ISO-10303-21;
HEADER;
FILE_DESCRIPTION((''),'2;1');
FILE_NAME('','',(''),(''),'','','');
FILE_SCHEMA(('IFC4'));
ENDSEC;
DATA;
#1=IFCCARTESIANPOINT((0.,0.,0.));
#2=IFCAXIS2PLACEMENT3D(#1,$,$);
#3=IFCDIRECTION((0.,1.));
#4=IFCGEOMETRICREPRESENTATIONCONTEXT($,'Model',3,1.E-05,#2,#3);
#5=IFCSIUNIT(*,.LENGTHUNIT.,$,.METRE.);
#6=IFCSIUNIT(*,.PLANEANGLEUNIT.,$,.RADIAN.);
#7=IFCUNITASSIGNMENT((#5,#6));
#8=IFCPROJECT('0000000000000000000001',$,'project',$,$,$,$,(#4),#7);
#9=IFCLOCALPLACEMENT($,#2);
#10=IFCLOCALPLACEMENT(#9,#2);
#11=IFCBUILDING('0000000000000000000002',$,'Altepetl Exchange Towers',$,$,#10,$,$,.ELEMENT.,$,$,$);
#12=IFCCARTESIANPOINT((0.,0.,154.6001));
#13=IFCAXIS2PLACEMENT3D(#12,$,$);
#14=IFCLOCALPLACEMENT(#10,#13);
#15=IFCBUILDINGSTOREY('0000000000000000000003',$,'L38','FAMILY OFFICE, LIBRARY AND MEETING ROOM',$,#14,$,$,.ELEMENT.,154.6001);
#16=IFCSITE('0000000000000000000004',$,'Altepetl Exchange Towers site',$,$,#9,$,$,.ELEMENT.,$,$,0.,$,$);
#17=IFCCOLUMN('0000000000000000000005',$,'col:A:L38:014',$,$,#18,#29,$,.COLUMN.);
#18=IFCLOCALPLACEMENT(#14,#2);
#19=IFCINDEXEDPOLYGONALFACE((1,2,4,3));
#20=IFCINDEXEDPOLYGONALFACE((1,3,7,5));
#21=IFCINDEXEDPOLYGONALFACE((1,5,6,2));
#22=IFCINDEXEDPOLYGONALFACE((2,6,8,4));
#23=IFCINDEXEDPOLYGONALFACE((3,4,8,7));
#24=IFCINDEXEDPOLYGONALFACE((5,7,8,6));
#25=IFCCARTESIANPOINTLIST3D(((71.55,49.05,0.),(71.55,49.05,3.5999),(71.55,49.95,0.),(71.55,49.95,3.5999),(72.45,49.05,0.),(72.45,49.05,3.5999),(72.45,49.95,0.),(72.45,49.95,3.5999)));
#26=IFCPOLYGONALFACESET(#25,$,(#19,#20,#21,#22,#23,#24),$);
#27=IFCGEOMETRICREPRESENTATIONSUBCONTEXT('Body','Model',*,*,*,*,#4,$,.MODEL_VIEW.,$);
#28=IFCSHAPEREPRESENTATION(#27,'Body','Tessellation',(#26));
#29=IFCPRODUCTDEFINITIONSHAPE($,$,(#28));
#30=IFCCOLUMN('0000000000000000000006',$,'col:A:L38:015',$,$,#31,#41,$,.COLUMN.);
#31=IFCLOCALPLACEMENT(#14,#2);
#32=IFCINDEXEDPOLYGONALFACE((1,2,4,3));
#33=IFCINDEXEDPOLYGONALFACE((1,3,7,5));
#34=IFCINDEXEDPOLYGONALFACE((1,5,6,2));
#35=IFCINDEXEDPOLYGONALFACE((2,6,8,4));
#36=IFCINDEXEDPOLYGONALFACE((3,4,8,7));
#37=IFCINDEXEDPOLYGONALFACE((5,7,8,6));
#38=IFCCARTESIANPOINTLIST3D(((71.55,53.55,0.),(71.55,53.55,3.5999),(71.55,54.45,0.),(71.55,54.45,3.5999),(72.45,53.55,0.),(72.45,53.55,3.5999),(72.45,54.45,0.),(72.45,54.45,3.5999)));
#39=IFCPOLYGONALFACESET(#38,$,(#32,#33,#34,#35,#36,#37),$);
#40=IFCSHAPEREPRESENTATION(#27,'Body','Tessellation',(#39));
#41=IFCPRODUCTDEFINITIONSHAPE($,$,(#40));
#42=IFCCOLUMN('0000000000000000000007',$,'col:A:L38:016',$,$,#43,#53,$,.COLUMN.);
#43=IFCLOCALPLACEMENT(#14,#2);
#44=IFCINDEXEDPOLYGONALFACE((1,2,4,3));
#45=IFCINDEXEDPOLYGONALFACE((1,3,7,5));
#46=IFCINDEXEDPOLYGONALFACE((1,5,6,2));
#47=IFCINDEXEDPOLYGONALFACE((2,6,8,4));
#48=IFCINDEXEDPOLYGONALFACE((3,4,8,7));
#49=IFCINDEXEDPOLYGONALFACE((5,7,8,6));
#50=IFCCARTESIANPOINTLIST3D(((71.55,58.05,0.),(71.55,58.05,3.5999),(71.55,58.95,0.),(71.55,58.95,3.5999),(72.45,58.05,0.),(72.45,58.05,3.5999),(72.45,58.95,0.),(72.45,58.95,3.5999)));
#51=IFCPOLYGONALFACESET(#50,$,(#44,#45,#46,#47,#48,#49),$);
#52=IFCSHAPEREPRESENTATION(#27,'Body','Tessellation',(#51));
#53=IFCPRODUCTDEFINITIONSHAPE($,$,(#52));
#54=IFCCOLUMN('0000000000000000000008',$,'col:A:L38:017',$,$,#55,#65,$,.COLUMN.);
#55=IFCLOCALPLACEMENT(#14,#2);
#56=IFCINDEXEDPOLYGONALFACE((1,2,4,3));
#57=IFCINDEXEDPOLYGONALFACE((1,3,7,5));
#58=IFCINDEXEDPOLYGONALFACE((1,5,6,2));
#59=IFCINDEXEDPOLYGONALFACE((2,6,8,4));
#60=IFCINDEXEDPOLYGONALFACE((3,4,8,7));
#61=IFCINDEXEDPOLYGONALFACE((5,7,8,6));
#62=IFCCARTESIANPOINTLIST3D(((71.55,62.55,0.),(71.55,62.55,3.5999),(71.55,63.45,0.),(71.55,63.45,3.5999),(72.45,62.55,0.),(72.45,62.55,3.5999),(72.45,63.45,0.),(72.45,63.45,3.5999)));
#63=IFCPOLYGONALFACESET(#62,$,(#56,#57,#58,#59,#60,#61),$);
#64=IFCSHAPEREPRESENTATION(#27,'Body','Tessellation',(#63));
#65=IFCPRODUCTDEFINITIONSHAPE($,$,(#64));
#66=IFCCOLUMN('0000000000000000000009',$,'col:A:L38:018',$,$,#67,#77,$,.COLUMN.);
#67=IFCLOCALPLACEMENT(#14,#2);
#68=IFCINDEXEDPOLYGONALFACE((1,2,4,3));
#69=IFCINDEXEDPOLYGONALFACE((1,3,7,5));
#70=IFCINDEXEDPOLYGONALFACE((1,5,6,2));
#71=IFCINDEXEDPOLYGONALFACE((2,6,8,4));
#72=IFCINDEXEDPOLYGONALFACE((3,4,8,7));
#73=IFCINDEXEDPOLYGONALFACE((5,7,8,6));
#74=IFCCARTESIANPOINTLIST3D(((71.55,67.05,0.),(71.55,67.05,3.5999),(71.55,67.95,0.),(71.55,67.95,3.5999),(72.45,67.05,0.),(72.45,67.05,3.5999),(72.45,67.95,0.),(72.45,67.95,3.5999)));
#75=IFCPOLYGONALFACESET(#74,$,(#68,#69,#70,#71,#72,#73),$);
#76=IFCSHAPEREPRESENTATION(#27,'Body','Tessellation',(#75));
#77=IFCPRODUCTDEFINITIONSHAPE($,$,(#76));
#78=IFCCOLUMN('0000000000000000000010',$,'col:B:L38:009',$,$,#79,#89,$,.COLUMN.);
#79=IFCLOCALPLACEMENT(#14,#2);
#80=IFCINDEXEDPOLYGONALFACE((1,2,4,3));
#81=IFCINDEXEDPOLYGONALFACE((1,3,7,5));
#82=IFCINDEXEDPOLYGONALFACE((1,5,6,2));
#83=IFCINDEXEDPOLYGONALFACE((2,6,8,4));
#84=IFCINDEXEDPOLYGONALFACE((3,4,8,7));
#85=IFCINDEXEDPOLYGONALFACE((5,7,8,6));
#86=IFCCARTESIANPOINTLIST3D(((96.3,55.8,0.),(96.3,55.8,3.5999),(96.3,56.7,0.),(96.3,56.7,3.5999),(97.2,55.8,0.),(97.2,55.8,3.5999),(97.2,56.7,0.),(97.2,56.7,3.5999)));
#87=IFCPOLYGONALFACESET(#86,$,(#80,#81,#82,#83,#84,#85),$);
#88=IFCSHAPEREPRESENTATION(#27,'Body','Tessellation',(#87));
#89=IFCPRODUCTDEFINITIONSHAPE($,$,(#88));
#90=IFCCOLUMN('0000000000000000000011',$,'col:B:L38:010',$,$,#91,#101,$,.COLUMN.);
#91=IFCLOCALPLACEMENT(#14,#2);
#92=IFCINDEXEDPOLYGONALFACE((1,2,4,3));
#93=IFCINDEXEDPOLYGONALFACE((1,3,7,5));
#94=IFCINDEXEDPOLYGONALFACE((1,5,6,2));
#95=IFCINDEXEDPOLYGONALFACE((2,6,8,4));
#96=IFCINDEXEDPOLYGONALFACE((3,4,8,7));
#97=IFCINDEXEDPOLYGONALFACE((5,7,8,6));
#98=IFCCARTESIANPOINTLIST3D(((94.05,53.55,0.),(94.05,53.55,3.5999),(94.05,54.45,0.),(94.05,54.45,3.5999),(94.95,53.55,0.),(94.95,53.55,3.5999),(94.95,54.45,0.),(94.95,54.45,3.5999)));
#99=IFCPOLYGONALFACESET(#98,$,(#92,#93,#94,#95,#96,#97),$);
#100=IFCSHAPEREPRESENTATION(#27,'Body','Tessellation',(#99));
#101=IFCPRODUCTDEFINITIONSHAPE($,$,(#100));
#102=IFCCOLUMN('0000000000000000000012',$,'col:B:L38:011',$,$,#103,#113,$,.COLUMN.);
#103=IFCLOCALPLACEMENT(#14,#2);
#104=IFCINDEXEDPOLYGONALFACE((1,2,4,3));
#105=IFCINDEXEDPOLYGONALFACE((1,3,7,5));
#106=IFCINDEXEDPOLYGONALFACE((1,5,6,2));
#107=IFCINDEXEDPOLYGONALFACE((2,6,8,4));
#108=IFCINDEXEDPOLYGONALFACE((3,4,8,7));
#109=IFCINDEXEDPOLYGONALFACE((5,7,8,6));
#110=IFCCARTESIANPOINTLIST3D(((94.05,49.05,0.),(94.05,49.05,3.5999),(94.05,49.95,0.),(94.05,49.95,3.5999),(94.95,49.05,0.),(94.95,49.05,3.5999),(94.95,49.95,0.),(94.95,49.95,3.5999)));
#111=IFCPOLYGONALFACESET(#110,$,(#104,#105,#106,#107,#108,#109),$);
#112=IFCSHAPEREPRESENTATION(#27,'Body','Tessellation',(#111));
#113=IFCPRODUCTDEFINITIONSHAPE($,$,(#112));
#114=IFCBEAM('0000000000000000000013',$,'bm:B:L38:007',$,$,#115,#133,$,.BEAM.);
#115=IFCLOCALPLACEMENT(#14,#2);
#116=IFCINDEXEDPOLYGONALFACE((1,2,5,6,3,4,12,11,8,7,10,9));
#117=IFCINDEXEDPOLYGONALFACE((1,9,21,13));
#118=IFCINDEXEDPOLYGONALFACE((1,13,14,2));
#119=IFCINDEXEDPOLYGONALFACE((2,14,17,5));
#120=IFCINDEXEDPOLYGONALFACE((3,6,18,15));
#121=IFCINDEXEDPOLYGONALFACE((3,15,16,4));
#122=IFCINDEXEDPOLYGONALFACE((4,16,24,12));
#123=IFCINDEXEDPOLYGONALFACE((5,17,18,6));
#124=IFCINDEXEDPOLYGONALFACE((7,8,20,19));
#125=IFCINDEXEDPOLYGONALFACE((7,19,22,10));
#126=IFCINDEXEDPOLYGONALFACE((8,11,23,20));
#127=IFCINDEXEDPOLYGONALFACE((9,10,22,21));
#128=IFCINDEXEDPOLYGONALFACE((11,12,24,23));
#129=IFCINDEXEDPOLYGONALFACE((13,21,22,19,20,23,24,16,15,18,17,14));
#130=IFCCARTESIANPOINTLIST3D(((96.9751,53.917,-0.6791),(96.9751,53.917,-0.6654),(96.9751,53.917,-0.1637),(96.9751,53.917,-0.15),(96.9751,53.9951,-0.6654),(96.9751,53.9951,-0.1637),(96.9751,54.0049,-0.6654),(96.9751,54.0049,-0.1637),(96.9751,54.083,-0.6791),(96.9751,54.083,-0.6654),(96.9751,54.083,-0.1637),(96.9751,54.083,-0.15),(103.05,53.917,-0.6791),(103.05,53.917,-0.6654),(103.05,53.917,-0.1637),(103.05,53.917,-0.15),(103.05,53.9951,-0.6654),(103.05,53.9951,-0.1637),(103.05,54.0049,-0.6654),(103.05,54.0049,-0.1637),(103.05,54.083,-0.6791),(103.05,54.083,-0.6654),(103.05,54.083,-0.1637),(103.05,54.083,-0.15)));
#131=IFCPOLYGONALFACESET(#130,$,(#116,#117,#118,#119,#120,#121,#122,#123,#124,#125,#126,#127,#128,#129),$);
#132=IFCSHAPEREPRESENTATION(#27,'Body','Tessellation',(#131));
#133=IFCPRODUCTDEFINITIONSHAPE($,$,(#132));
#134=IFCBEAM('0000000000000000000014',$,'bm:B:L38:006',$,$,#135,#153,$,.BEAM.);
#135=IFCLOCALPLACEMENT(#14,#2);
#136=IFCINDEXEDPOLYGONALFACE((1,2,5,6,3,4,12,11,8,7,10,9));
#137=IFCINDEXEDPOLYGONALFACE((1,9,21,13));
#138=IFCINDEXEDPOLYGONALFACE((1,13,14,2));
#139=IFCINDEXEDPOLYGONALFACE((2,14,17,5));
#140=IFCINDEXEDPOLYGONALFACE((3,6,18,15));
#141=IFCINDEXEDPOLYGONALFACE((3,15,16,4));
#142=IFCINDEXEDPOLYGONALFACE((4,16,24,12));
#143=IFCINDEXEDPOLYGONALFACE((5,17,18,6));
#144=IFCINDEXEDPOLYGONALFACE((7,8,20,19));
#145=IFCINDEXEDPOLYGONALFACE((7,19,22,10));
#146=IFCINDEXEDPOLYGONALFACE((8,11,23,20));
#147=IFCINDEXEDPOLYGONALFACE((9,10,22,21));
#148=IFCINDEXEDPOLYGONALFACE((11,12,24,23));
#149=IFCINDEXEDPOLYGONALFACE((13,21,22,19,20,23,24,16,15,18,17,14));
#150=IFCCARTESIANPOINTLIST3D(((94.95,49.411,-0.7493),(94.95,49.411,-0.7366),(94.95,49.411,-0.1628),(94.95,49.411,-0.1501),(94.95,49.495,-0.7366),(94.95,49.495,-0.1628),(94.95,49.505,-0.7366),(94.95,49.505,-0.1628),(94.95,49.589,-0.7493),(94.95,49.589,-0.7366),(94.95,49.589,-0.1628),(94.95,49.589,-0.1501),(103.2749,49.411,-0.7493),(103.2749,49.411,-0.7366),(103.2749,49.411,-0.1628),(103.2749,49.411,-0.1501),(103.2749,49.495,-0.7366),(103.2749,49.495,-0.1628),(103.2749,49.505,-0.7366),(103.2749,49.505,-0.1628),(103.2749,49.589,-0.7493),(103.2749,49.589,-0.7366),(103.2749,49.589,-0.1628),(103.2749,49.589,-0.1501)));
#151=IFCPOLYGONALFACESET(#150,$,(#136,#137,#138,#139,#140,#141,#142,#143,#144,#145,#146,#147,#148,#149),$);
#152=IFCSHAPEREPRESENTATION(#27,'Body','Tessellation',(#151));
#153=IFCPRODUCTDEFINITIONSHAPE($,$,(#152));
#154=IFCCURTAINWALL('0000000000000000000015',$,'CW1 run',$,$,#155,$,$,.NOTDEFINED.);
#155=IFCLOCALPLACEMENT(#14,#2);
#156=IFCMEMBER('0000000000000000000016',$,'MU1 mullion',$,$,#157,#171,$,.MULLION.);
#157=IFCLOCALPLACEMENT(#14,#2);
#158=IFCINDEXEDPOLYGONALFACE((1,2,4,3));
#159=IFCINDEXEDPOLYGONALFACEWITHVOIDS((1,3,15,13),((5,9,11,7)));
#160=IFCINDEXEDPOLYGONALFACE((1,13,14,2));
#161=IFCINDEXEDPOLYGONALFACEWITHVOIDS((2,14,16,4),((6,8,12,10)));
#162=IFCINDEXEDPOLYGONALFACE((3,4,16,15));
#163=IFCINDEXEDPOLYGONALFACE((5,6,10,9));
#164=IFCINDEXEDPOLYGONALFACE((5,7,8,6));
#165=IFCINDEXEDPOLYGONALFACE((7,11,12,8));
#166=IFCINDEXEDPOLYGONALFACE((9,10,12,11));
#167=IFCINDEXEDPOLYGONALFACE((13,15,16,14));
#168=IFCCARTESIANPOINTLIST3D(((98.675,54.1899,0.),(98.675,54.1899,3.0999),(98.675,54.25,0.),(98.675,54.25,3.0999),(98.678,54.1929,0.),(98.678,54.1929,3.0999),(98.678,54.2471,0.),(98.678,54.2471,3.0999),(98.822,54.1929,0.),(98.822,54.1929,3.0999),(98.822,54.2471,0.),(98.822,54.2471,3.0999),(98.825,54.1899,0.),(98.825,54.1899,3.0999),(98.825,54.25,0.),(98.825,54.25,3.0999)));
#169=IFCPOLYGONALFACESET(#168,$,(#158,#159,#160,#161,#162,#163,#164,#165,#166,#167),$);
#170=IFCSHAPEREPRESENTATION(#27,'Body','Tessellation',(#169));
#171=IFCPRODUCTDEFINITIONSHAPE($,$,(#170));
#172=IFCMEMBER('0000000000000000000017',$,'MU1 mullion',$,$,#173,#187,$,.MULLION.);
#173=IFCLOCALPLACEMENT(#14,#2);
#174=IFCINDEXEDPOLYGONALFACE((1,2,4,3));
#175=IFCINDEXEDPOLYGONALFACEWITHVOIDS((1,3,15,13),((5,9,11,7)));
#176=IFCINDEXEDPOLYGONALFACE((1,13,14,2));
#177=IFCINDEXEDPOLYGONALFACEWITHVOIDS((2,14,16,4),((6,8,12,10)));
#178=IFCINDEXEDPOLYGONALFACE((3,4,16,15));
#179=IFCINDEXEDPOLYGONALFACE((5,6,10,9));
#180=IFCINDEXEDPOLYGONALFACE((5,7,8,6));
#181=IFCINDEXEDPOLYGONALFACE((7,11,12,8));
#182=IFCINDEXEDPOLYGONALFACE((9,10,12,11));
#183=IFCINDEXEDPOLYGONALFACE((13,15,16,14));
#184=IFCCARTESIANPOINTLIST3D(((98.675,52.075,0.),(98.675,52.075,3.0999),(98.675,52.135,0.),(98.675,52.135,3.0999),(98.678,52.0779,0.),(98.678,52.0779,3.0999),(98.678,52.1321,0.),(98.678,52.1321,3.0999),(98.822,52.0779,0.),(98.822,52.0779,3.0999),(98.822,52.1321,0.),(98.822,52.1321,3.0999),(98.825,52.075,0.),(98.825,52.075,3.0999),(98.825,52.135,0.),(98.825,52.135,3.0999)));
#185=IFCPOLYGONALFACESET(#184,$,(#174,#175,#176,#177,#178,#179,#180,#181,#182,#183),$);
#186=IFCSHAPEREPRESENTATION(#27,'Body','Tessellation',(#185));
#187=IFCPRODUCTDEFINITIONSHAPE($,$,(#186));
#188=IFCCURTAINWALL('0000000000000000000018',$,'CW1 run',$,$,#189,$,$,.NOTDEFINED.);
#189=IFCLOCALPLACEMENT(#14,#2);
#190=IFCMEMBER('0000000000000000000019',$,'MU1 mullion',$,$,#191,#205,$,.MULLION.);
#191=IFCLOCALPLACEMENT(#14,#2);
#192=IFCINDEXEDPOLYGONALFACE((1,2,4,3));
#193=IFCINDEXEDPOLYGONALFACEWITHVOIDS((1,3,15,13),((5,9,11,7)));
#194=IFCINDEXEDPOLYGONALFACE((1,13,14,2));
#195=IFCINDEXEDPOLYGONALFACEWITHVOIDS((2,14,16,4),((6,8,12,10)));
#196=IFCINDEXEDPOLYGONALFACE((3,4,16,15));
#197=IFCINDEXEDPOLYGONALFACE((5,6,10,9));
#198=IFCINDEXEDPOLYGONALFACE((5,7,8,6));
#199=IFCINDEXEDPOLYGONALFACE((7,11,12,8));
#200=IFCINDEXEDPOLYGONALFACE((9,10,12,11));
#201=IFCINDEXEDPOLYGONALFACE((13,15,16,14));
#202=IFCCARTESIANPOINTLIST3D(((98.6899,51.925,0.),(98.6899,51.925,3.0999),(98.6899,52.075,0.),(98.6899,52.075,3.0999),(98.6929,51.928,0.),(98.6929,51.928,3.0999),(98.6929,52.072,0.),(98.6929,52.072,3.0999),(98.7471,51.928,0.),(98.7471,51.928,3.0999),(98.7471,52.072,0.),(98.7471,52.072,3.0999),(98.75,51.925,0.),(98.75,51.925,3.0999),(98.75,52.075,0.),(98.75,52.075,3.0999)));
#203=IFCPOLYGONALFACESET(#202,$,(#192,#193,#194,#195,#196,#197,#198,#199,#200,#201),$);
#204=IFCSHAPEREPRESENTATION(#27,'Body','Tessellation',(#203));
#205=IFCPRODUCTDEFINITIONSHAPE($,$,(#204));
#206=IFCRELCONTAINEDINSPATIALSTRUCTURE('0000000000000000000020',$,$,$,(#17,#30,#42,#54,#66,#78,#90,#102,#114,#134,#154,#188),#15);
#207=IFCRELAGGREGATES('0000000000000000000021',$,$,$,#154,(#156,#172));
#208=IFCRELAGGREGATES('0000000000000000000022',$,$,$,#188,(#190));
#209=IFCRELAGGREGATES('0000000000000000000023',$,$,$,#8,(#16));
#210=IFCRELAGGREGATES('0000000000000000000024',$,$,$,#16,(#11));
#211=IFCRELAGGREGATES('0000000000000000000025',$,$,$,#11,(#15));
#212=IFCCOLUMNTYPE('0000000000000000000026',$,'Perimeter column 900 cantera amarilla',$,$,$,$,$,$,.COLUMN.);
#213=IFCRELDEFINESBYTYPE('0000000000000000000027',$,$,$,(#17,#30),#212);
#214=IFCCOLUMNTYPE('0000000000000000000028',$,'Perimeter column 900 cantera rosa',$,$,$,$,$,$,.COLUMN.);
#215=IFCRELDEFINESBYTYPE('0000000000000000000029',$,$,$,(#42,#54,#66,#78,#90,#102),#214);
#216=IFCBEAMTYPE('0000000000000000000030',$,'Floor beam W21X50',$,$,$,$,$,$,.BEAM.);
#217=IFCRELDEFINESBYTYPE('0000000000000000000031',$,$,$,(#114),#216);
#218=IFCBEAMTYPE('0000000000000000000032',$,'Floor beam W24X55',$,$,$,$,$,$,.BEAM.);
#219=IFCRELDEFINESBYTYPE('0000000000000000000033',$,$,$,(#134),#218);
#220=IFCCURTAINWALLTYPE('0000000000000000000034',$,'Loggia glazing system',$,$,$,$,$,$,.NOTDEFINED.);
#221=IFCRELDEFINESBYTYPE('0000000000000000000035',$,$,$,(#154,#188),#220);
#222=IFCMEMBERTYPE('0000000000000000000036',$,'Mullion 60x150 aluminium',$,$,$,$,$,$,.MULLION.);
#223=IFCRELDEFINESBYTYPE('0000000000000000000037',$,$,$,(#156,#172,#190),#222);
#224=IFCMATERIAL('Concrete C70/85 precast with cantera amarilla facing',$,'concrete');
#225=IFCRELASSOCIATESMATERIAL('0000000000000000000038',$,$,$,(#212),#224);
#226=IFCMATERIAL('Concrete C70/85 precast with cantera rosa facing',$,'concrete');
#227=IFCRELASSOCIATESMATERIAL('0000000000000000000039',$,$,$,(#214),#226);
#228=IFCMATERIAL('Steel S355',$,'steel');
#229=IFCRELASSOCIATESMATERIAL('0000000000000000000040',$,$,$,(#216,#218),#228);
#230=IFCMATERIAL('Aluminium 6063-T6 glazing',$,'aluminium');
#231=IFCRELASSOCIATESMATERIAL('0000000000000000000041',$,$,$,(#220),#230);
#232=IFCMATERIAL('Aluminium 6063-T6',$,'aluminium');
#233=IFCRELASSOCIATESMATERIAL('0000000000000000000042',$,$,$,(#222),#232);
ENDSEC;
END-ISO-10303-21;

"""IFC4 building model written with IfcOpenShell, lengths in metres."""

from ifc_helpers import new_model, si_unit, direction, frame, origin, origin_2d, place, context, subcontext, project, spatial, rectangle, hollow_rectangle, i_section, extrude, material, material_profile, profile_set, type_object, element, aggregate, save


model = new_model("IFC4")

# Units and contexts
model_context = context("Model", 3, precision=1e-05, world=origin(), true_north=direction((0.0, 1.0)))
body_context = subcontext(model_context, "Body", "Model", "MODEL_VIEW")
ifc_project = project(units=[si_unit("LENGTHUNIT", "METRE"), si_unit("PLANEANGLEUNIT", "RADIAN")], contexts=[model_context])

# Site, building, storey
site_placement = place(None, origin())
site = spatial("IfcSite", under=ifc_project, at=site_placement, Name="Altepetl Exchange Towers site", CompositionType="ELEMENT", RefElevation=0.0)
building_placement = place(site_placement, origin())
building = spatial("IfcBuilding", under=site, at=building_placement, Name="Altepetl Exchange Towers", CompositionType="ELEMENT")
storey_placement = place(building_placement, frame((0.0, 0.0, 154.6001)))
storey = spatial("IfcBuildingStorey", under=building, at=storey_placement, Name="L38", Description="FAMILY OFFICE, LIBRARY AND MEETING ROOM", CompositionType="ELEMENT", Elevation=154.6001)

# Columns
ifc_material_1 = material(Name="Concrete C70/85 precast with cantera amarilla facing", Category="concrete")
ifc_material_profile_1 = material_profile(ifc_material_1, rectangle(XDim=0.8999, YDim=0.8999, at=origin_2d()), Name="900 x 900")
ifc_profile_set_1 = profile_set([ifc_material_profile_1], Name="Concrete C70/85 precast with cantera amarilla facing")
column_type_1 = type_object("IfcColumnType", Name="Perimeter column 900 cantera amarilla", PredefinedType="COLUMN", material=ifc_profile_set_1)
for number, where, name in (
    (1, (72.0, 49.5, 0.0), "col:A:L38:014"),
    (2, (72.0, 54.0, 0.0), "col:A:L38:015"),
):
    element("IfcColumn", number, at=place(storey_placement, frame(where)), inside=storey, type_object=column_type_1, Name=name, PredefinedType="COLUMN", context=body_context, shape_type="SweptSolid", body=[
        extrude(rectangle(XDim=0.8999, YDim=0.8999, at=origin_2d()), origin(), (0.0, 0.0, 1.0), 3.5999),
    ])
ifc_material_2 = material(Name="Concrete C70/85 precast with cantera rosa facing", Category="concrete")
ifc_material_profile_2 = material_profile(ifc_material_2, rectangle(XDim=0.8999, YDim=0.8999, at=origin_2d()), Name="900 x 900")
ifc_profile_set_2 = profile_set([ifc_material_profile_2], Name="Concrete C70/85 precast with cantera rosa facing")
column_type_2 = type_object("IfcColumnType", Name="Perimeter column 900 cantera rosa", PredefinedType="COLUMN", material=ifc_profile_set_2)
for number, where, name in (
    (3, (72.0, 58.5, 0.0), "col:A:L38:016"),
    (4, (72.0, 63.0, 0.0), "col:A:L38:017"),
    (5, (72.0, 67.5, 0.0), "col:A:L38:018"),
    (6, (96.75, 56.25, 0.0), "col:B:L38:009"),
    (7, (94.5, 54.0, 0.0), "col:B:L38:010"),
    (8, (94.5, 49.5, 0.0), "col:B:L38:011"),
):
    element("IfcColumn", number, at=place(storey_placement, frame(where)), inside=storey, type_object=column_type_2, Name=name, PredefinedType="COLUMN", context=body_context, shape_type="SweptSolid", body=[
        extrude(rectangle(XDim=0.8999, YDim=0.8999, at=origin_2d()), origin(), (0.0, 0.0, 1.0), 3.5999),
    ])

# Beams
ifc_material_3 = material(Name="Steel S355", Category="steel")
ifc_material_profile_3 = material_profile(ifc_material_3, i_section(OverallWidth=0.166, OverallDepth=0.5291, WebThickness=0.0098, FlangeThickness=0.0137, at=origin_2d()), Name="W21X50")
ifc_profile_set_3 = profile_set([ifc_material_profile_3], Name="Steel S355")
beam_type_1 = type_object("IfcBeamType", Name="Floor beam W21X50", PredefinedType="BEAM", material=ifc_profile_set_3)
beam_1_placement = place(storey_placement, frame((96.9751, 54.0, -0.4146), z_axis=(1.0, 0.0, 0.0), x_axis=(0.0, 1.0, 0.0)))
element("IfcBeam", 9, at=beam_1_placement, inside=storey, type_object=beam_type_1, Name="bm:B:L38:007", PredefinedType="BEAM", context=body_context, shape_type="SweptSolid", body=[
    extrude(i_section(OverallWidth=0.166, OverallDepth=0.5291, WebThickness=0.0098, FlangeThickness=0.0137, at=origin_2d()), origin(), (0.0, 0.0, 1.0), 6.075),
])
ifc_material_profile_4 = material_profile(ifc_material_3, i_section(OverallWidth=0.178, OverallDepth=0.5991, WebThickness=0.01, FlangeThickness=0.0127, at=origin_2d()), Name="W24X55")
ifc_profile_set_4 = profile_set([ifc_material_profile_4], Name="Steel S355")
beam_type_2 = type_object("IfcBeamType", Name="Floor beam W24X55", PredefinedType="BEAM", material=ifc_profile_set_4)
beam_2_placement = place(storey_placement, frame((94.95, 49.5, -0.4497), z_axis=(1.0, 0.0, 0.0), x_axis=(0.0, 1.0, 0.0)))
element("IfcBeam", 10, at=beam_2_placement, inside=storey, type_object=beam_type_2, Name="bm:B:L38:006", PredefinedType="BEAM", context=body_context, shape_type="SweptSolid", body=[
    extrude(i_section(OverallWidth=0.178, OverallDepth=0.5991, WebThickness=0.01, FlangeThickness=0.0127, at=origin_2d()), origin(), (0.0, 0.0, 1.0), 8.325),
])

# Curtain walls, members
ifc_material_4 = material(Name="Aluminium 6063-T6 glazing", Category="aluminium")
curtain_wall_type = type_object("IfcCurtainWallType", Name="Loggia glazing system", PredefinedType="NOTDEFINED", material=ifc_material_4)
curtain_wall_1_placement = place(storey_placement, origin())
curtain_wall_1 = element("IfcCurtainWall", 11, at=curtain_wall_1_placement, inside=storey, type_object=curtain_wall_type, Name="CW1 run", PredefinedType="NOTDEFINED")
ifc_material_5 = material(Name="Aluminium 6063-T6", Category="aluminium")
ifc_material_profile_5 = material_profile(ifc_material_5, hollow_rectangle(XDim=0.0601, YDim=0.1499, WallThickness=0.0029, at=origin_2d()), Name="Mullion 60x150 aluminium")
ifc_profile_set_5 = profile_set([ifc_material_profile_5], Name="Aluminium 6063-T6")
member_type = type_object("IfcMemberType", Name="Mullion 60x150 aluminium", PredefinedType="MULLION", material=ifc_profile_set_5)
member_1_placement = place(storey_placement, frame((98.75, 54.22, 0.0), z_axis=(0.0, 0.0, 1.0), x_axis=(0.0, -1.0, 0.0)))
member_1 = element("IfcMember", 12, at=member_1_placement, type_object=member_type, Name="MU1 mullion", PredefinedType="MULLION", context=body_context, shape_type="SweptSolid", body=[
    extrude(hollow_rectangle(XDim=0.0601, YDim=0.1499, WallThickness=0.0029, at=origin_2d()), origin(), (0.0, 0.0, 1.0), 3.0999),
])
member_2_placement = place(storey_placement, frame((98.75, 52.105, 0.0), z_axis=(0.0, 0.0, 1.0), x_axis=(0.0, -1.0, 0.0)))
member_2 = element("IfcMember", 13, at=member_2_placement, type_object=member_type, Name="MU1 mullion", PredefinedType="MULLION", context=body_context, shape_type="SweptSolid", body=[
    extrude(hollow_rectangle(XDim=0.0601, YDim=0.1499, WallThickness=0.0029, at=origin_2d()), origin(), (0.0, 0.0, 1.0), 3.0999),
])
curtain_wall_2_placement = place(storey_placement, origin())
curtain_wall_2 = element("IfcCurtainWall", 14, at=curtain_wall_2_placement, inside=storey, type_object=curtain_wall_type, Name="CW1 run", PredefinedType="NOTDEFINED")
member_3_placement = place(storey_placement, frame((98.72, 52.0, 0.0), z_axis=(0.0, 0.0, 1.0), x_axis=(-1.0, 0.0, 0.0)))
member_3 = element("IfcMember", 15, at=member_3_placement, type_object=member_type, Name="MU1 mullion", PredefinedType="MULLION", context=body_context, shape_type="SweptSolid", body=[
    extrude(hollow_rectangle(XDim=0.0601, YDim=0.1499, WallThickness=0.0029, at=origin_2d()), origin(), (0.0, 0.0, 1.0), 3.0999),
])

aggregate(curtain_wall_1, [member_1, member_2])
aggregate(curtain_wall_2, [member_3])

save(model, "model.ifc")
